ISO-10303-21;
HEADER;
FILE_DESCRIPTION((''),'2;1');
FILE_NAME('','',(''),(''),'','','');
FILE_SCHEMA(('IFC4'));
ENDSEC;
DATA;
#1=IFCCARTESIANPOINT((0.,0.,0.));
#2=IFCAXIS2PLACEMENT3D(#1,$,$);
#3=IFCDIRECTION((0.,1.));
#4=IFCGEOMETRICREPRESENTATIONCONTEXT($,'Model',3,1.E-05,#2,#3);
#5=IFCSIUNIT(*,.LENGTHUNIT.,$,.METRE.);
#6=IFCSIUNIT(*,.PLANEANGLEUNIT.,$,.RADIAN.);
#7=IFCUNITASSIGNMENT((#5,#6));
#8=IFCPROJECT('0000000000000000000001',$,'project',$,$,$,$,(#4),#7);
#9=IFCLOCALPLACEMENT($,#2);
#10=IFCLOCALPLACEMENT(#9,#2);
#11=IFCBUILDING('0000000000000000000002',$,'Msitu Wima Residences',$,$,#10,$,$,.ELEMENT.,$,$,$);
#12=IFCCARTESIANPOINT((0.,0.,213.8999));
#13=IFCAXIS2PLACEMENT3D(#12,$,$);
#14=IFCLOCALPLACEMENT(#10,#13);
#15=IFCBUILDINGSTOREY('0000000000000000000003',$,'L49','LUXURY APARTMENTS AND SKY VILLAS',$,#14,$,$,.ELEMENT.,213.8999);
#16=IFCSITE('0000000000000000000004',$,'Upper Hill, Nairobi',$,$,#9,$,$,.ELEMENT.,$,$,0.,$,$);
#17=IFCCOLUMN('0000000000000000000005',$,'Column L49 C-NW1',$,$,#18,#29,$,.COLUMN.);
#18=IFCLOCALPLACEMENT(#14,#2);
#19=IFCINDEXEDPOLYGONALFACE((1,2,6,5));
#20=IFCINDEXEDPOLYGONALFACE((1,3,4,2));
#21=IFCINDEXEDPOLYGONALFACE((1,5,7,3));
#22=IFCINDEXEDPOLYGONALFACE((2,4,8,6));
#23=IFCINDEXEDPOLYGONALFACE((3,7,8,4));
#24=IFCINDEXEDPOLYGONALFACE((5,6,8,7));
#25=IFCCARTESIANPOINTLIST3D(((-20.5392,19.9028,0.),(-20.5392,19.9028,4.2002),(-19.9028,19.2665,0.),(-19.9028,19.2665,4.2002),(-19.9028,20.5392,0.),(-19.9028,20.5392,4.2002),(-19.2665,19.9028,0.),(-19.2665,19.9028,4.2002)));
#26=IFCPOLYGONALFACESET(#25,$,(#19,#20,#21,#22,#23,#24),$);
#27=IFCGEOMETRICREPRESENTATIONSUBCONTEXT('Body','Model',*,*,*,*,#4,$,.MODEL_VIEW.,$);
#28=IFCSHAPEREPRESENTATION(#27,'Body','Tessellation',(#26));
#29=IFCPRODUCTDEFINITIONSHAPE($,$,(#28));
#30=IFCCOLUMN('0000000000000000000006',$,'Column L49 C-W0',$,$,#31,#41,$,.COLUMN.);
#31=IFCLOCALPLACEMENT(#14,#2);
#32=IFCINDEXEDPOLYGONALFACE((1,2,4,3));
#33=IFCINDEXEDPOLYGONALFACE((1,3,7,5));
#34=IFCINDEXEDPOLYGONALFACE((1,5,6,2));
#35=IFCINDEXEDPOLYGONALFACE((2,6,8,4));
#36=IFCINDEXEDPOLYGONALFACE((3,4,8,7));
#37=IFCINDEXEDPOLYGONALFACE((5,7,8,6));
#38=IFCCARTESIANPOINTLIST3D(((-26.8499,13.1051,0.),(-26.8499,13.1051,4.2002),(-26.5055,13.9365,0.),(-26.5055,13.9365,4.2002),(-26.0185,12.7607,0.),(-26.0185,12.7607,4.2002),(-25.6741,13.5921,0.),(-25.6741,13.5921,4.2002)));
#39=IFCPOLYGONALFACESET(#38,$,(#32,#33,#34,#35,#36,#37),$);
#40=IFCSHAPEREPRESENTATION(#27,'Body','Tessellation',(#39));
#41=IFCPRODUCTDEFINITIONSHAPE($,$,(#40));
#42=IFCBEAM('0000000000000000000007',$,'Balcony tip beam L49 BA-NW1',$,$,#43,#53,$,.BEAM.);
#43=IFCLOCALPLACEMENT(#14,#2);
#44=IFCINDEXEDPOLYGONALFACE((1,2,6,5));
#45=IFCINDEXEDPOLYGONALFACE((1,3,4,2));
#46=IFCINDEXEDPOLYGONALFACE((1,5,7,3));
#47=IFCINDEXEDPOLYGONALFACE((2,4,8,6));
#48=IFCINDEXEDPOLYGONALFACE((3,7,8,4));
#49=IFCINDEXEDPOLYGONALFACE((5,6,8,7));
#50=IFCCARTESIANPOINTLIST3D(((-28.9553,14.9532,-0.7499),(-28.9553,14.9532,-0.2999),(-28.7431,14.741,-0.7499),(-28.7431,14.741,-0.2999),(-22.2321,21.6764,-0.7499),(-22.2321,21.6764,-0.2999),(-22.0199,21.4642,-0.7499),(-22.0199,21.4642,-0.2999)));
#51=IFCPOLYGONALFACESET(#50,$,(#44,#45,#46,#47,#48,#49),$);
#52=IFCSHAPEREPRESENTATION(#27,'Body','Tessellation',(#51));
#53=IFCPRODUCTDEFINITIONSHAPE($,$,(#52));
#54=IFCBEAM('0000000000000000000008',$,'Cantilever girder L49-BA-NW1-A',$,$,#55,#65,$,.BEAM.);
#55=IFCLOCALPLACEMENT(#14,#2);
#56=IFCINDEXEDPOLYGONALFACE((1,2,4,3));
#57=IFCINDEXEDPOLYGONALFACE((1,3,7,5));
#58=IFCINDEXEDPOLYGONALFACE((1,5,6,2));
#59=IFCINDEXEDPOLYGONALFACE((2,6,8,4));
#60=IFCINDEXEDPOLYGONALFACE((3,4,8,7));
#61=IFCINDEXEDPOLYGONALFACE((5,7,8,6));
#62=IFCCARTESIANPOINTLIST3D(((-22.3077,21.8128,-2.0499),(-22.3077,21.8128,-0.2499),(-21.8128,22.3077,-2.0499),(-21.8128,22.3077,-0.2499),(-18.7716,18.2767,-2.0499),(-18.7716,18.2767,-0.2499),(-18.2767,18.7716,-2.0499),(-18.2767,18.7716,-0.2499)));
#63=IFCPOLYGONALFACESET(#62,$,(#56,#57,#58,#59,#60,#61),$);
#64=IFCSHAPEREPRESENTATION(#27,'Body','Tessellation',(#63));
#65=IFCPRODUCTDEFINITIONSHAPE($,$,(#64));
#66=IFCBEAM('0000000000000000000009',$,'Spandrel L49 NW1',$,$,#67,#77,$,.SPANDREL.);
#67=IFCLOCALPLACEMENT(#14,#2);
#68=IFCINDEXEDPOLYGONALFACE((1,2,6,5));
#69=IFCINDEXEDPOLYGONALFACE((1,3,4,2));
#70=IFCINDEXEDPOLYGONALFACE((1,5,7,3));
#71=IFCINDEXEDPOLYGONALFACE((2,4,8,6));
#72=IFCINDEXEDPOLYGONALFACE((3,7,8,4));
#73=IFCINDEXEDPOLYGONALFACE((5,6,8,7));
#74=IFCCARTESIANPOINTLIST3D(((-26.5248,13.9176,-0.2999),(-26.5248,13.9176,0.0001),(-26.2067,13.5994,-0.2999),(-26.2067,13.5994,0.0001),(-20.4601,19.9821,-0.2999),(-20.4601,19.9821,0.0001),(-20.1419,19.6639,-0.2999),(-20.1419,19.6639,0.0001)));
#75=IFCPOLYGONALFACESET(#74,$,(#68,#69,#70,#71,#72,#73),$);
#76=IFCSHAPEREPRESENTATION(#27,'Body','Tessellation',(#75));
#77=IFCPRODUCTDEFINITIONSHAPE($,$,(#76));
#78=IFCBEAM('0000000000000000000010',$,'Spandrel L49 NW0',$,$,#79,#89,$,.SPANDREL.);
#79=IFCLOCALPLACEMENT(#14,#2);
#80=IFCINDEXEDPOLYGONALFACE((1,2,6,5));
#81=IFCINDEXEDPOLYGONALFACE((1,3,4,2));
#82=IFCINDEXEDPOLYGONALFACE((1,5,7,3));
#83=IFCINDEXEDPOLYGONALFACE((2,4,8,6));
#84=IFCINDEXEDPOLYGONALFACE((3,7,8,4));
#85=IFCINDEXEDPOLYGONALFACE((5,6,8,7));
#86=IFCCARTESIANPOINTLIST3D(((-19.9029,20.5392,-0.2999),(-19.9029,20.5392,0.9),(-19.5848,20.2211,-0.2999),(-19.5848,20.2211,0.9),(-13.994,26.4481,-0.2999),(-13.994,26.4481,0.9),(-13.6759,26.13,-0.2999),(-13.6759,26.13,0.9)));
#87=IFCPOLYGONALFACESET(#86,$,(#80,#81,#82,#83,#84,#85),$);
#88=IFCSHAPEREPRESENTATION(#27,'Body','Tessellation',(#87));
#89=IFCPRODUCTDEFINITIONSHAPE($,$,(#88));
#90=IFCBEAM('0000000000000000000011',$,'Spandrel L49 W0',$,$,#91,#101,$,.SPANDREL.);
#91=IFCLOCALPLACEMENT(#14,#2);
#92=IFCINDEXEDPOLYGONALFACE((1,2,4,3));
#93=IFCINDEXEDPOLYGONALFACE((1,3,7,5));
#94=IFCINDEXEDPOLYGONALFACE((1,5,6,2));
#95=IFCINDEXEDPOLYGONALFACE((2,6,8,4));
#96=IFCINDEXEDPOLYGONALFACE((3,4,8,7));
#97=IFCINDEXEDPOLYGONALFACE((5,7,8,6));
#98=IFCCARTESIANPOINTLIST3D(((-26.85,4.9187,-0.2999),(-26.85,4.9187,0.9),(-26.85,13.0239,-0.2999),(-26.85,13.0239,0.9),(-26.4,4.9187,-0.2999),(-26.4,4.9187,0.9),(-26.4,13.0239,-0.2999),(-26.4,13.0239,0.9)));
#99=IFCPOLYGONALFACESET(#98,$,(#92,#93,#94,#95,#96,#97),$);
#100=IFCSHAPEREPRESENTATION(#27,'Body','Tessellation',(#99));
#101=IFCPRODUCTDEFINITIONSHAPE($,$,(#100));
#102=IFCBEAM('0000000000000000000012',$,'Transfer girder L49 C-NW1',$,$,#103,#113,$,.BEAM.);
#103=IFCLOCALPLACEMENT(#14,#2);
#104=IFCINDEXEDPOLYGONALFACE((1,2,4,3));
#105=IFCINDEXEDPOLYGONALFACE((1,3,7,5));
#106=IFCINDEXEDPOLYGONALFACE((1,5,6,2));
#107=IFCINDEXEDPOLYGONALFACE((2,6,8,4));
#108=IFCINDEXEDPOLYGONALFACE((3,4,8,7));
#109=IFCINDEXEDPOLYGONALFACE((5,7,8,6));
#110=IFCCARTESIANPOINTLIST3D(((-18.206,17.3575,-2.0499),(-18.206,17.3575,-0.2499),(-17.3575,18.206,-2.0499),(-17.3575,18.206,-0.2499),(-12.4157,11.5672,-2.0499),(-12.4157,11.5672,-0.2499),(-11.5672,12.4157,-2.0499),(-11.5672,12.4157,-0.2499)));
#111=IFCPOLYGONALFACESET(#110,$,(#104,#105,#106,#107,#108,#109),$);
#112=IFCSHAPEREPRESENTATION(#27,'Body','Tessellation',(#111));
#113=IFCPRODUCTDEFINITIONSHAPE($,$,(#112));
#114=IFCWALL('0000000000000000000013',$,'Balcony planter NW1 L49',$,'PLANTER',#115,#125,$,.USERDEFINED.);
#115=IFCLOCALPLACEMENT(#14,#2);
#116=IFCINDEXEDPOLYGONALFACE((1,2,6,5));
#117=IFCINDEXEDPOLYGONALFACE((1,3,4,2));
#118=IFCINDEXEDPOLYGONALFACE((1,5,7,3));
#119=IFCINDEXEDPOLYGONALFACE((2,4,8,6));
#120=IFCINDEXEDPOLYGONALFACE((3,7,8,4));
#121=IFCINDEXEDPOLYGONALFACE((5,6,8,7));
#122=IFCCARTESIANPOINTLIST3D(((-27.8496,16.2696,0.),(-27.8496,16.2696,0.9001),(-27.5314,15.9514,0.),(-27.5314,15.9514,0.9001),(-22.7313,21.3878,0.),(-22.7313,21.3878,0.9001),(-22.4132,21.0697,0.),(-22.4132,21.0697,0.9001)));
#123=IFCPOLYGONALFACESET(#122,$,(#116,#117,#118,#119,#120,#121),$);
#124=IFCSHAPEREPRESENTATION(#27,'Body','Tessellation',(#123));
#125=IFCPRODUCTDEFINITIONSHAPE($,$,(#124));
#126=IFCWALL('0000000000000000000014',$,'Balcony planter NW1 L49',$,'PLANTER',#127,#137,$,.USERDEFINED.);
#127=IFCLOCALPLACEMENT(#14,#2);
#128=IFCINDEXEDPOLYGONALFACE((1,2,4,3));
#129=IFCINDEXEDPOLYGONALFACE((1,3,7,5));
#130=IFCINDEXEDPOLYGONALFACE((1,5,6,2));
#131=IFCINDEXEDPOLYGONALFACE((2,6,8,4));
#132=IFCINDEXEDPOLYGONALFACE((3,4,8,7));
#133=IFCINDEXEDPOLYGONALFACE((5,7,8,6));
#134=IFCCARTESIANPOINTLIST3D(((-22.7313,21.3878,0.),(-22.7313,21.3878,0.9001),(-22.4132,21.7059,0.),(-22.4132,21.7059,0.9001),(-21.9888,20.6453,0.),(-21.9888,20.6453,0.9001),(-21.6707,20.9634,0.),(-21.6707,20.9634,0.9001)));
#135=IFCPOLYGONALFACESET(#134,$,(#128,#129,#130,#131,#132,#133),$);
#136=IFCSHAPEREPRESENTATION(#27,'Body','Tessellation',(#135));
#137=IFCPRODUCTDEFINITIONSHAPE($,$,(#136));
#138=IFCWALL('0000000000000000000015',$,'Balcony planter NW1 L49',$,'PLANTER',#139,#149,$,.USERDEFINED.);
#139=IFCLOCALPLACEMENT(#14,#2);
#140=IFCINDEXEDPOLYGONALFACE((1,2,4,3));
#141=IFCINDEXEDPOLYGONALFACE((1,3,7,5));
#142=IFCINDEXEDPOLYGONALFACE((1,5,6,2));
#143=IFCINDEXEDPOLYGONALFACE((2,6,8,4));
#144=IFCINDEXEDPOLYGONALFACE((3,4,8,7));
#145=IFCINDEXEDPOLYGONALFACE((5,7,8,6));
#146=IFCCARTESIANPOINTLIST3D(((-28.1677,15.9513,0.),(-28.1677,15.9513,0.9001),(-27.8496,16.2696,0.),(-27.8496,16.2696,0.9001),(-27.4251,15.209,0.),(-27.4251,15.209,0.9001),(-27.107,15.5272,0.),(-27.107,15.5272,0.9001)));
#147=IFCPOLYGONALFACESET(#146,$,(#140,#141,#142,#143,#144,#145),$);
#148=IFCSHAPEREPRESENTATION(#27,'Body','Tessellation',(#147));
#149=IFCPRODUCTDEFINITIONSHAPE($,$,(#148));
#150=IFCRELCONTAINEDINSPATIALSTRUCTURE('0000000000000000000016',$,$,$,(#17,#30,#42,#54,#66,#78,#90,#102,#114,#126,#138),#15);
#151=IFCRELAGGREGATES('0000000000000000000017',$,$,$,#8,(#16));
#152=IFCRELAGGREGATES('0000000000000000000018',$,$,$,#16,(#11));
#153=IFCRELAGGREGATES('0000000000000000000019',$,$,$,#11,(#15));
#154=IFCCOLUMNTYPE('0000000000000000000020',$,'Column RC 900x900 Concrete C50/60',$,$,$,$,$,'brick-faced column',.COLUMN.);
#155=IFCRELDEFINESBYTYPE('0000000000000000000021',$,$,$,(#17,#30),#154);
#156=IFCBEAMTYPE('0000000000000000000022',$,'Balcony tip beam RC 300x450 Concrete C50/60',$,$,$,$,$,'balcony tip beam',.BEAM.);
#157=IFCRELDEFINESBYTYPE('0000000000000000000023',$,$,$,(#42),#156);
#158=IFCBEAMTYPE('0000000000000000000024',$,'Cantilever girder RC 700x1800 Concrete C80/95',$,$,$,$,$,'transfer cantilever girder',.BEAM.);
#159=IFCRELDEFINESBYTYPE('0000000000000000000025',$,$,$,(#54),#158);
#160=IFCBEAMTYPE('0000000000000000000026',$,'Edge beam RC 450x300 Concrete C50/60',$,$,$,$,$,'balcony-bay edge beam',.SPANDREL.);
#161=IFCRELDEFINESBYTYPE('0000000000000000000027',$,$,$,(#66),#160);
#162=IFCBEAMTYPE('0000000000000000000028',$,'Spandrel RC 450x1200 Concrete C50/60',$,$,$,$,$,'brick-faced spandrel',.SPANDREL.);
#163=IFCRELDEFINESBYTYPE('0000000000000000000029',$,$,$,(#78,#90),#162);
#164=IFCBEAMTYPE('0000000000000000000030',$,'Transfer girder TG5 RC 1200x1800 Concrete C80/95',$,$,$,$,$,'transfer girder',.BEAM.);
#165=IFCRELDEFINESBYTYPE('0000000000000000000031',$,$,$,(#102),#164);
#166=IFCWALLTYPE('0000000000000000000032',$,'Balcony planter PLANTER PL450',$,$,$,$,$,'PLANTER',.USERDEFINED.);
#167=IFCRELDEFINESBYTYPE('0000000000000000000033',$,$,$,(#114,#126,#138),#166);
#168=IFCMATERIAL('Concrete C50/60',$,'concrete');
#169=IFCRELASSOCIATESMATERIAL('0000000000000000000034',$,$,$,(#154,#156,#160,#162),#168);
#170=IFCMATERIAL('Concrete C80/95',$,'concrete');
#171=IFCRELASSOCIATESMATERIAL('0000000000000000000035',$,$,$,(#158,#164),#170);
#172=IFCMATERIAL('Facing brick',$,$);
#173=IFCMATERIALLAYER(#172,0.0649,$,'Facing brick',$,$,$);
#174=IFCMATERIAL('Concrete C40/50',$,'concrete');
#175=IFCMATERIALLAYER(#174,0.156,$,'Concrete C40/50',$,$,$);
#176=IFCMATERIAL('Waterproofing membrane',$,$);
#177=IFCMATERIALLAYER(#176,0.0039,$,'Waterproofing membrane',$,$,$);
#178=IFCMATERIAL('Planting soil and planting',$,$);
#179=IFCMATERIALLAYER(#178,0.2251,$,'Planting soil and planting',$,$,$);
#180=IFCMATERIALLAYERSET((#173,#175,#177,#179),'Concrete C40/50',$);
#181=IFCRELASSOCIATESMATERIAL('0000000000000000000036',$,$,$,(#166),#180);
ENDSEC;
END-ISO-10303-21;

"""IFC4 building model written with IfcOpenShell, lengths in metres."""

from ifc_helpers import new_model, si_unit, direction, frame, frame_2d, origin, origin_2d, place, context, subcontext, project, spatial, rectangle, extrude, material, layer, layer_set, material_profile, profile_set, type_object, element, save


model = new_model("IFC4")

# Units and contexts
model_context = context("Model", 3, precision=1e-05, world=origin(), true_north=direction((0.0, 1.0)))
body_context = subcontext(model_context, "Body", "Model", "MODEL_VIEW")
ifc_project = project(units=[si_unit("LENGTHUNIT", "METRE"), si_unit("PLANEANGLEUNIT", "RADIAN")], contexts=[model_context])

# Site, building, storey
site_placement = place(None, origin())
site = spatial("IfcSite", under=ifc_project, at=site_placement, Name="Upper Hill, Nairobi", CompositionType="ELEMENT", RefElevation=0.0)
building_placement = place(site_placement, origin())
building = spatial("IfcBuilding", under=site, at=building_placement, Name="Msitu Wima Residences", CompositionType="ELEMENT")
storey_placement = place(building_placement, frame((0.0, 0.0, 213.8999)))
storey = spatial("IfcBuildingStorey", under=building, at=storey_placement, Name="L49", Description="LUXURY APARTMENTS AND SKY VILLAS", CompositionType="ELEMENT", Elevation=213.8999)

# Columns
ifc_material_1 = material(Name="Concrete C50/60", Category="concrete")
ifc_material_profile_1 = material_profile(ifc_material_1, rectangle(XDim=0.8999, YDim=0.8999, at=origin_2d()), Name="RC 900x900")
ifc_profile_set_1 = profile_set([ifc_material_profile_1], Name="Concrete C50/60")
column_type = type_object("IfcColumnType", Name="Column RC 900x900 Concrete C50/60", ElementType="brick-faced column", PredefinedType="COLUMN", material=ifc_profile_set_1)
for number, where, z_axis, x_axis, name in (
    (1, (-19.9028, 19.9028, 0.0), (0.0, 0.0, 1.0), (-0.707107, -0.707107, 0.0), "Column L49 C-NW1"),
    (2, (-26.262, 13.3486, 0.0), (0.0, 0.0, 1.0), (-0.382683, -0.92388, 0.0), "Column L49 C-W0"),
):
    element("IfcColumn", number, at=place(storey_placement, frame(where, z_axis=z_axis, x_axis=x_axis)), inside=storey, type_object=column_type, Name=name, PredefinedType="COLUMN", context=body_context, shape_type="SweptSolid", body=[
        extrude(rectangle(XDim=0.8999, YDim=0.8999, at=origin_2d()), origin(), (0.0, 0.0, 1.0), 4.2002),
    ])

# Beams
ifc_material_profile_2 = material_profile(ifc_material_1, rectangle(XDim=0.3, YDim=0.45, at=origin_2d()), Name="RC 300x450")
ifc_profile_set_2 = profile_set([ifc_material_profile_2], Name="Concrete C50/60")
beam_type_1 = type_object("IfcBeamType", Name="Balcony tip beam RC 300x450 Concrete C50/60", ElementType="balcony tip beam", PredefinedType="BEAM", material=ifc_profile_set_2)
beam_1_placement = place(storey_placement, frame((-22.126, 21.5703, -0.5249), z_axis=(-0.707107, -0.707107, 0.0), x_axis=(0.707107, -0.707107, 0.0)))
element("IfcBeam", 3, at=beam_1_placement, inside=storey, type_object=beam_type_1, Name="Balcony tip beam L49 BA-NW1", PredefinedType="BEAM", context=body_context, shape_type="SweptSolid", body=[
    extrude(rectangle(XDim=0.3, YDim=0.45, at=origin_2d()), origin(), (0.0, 0.0, 1.0), 9.5081),
])
ifc_material_2 = material(Name="Concrete C80/95", Category="concrete")
ifc_material_profile_3 = material_profile(ifc_material_2, rectangle(XDim=0.7, YDim=1.8, at=origin_2d()), Name="RC 700x1800")
ifc_profile_set_3 = profile_set([ifc_material_profile_3], Name="Concrete C80/95")
beam_type_2 = type_object("IfcBeamType", Name="Cantilever girder RC 700x1800 Concrete C80/95", ElementType="transfer cantilever girder", PredefinedType="BEAM", material=ifc_profile_set_3)
beam_2_placement = place(storey_placement, frame((-18.5242, 18.5242, -1.1499), z_axis=(-0.707107, 0.707107, 0.0), x_axis=(-0.707107, -0.707107, 0.0)))
element("IfcBeam", 4, at=beam_2_placement, inside=storey, type_object=beam_type_2, Name="Cantilever girder L49-BA-NW1-A", PredefinedType="BEAM", context=body_context, shape_type="SweptSolid", body=[
    extrude(rectangle(XDim=0.7, YDim=1.8, at=origin_2d()), origin(), (0.0, 0.0, 1.0), 5.0007),
])
ifc_material_profile_4 = material_profile(ifc_material_1, rectangle(XDim=0.45, YDim=0.3, at=origin_2d()), Name="RC 450x300")
ifc_profile_set_4 = profile_set([ifc_material_profile_4], Name="Concrete C50/60")
beam_type_3 = type_object("IfcBeamType", Name="Edge beam RC 450x300 Concrete C50/60", ElementType="balcony-bay edge beam", PredefinedType="SPANDREL", material=ifc_profile_set_4)
beam_3_placement = place(storey_placement, frame((-20.301, 19.823, -0.1499), z_axis=(-0.707121, -0.707093, 0.0), x_axis=(0.707093, -0.707121, 0.0)))
element("IfcBeam", 5, at=beam_3_placement, inside=storey, type_object=beam_type_3, Name="Spandrel L49 NW1", PredefinedType="SPANDREL", context=body_context, shape_type="SweptSolid", body=[
    extrude(rectangle(XDim=0.45, YDim=0.3, at=origin_2d()), origin(), (0.0, 0.0, 1.0), 8.5767),
])
ifc_material_profile_5 = material_profile(ifc_material_1, rectangle(XDim=0.45, YDim=1.2, at=origin_2d()), Name="RC 450x1200")
ifc_profile_set_5 = profile_set([ifc_material_profile_5], Name="Concrete C50/60")
beam_type_4 = type_object("IfcBeamType", Name="Spandrel RC 450x1200 Concrete C50/60", ElementType="brick-faced spandrel", PredefinedType="SPANDREL", material=ifc_profile_set_5)
beam_4_placement = place(storey_placement, frame((-13.835, 26.2891, 0.3), z_axis=(-0.707107, -0.707107, 0.0), x_axis=(0.707107, -0.707107, 0.0)))
element("IfcBeam", 6, at=beam_4_placement, inside=storey, type_object=beam_type_4, Name="Spandrel L49 NW0", PredefinedType="SPANDREL", context=body_context, shape_type="SweptSolid", body=[
    extrude(rectangle(XDim=0.45, YDim=1.2, at=origin_2d()), origin(), (0.0, 0.0, 1.0), 8.3564),
])
beam_5_placement = place(storey_placement, frame((-26.625, 13.0239, 0.3), z_axis=(0.0, -1.0, 0.0), x_axis=(1.0, 0.0, 0.0)))
element("IfcBeam", 7, at=beam_5_placement, inside=storey, type_object=beam_type_4, Name="Spandrel L49 W0", PredefinedType="SPANDREL", context=body_context, shape_type="SweptSolid", body=[
    extrude(rectangle(XDim=0.45, YDim=1.2, at=origin_2d()), origin(), (0.0, 0.0, 1.0), 8.1052),
])
ifc_material_profile_6 = material_profile(ifc_material_2, rectangle(XDim=1.2, YDim=1.8, at=origin_2d()), Name="RC 1200x1800")
ifc_profile_set_6 = profile_set([ifc_material_profile_6], Name="Concrete C80/95")
beam_type_5 = type_object("IfcBeamType", Name="Transfer girder TG5 RC 1200x1800 Concrete C80/95", ElementType="transfer girder", PredefinedType="BEAM", material=ifc_profile_set_6)
beam_6_placement = place(storey_placement, frame((-17.7817, 17.7817, -1.1499), z_axis=(0.707107, -0.707107, 0.0), x_axis=(0.707107, 0.707107, 0.0)))
element("IfcBeam", 8, at=beam_6_placement, inside=storey, type_object=beam_type_5, Name="Transfer girder L49 C-NW1", PredefinedType="BEAM", context=body_context, shape_type="SweptSolid", body=[
    extrude(rectangle(XDim=1.2, YDim=1.8, at=origin_2d()), origin(), (0.0, 0.0, 1.0), 8.1887),
])

# Walls
ifc_material_3 = material(Name="Facing brick")
ifc_layer_1 = layer(ifc_material_3, 0.0649, Name="Facing brick")
ifc_material_4 = material(Name="Concrete C40/50", Category="concrete")
ifc_layer_2 = layer(ifc_material_4, 0.156, Name="Concrete C40/50")
ifc_material_5 = material(Name="Waterproofing membrane")
ifc_layer_3 = layer(ifc_material_5, 0.0039, Name="Waterproofing membrane")
ifc_material_6 = material(Name="Planting soil and planting")
ifc_layer_4 = layer(ifc_material_6, 0.2251, Name="Planting soil and planting")
ifc_layer_set_1 = layer_set([ifc_layer_1, ifc_layer_2, ifc_layer_3, ifc_layer_4], Name="Concrete C40/50")
wall_type_1 = type_object("IfcWallType", Name="Balcony planter PLANTER PL450", ElementType="PLANTER", PredefinedType="USERDEFINED", material=ifc_layer_set_1)
wall_1_placement = place(storey_placement, frame((-22.5723, 21.2288, 0.0), z_axis=(0.0, 0.0, 1.0), x_axis=(-0.707107, -0.707107, 0.0)))
element("IfcWall", 9, at=wall_1_placement, inside=storey, type_object=wall_type_1, Name="Balcony planter NW1 L49", ObjectType="PLANTER", PredefinedType="USERDEFINED", context=body_context, shape_type="SweptSolid", body=[
    extrude(rectangle(XDim=7.2383, YDim=0.45, at=frame_2d((3.6191, 0.0))), origin(), (0.0, 0.0, 1.0), 0.9001),
])
for number, where, z_axis, x_axis, name in (
    (10, (-21.8298, 20.8044, 0.0), (0.0, 0.0, 1.0), (-0.707107, 0.707107, 0.0), "Balcony planter NW1 L49"),
    (11, (-27.2661, 15.3682, 0.0), (0.0, 0.0, 1.0), (-0.707223, 0.706991, 0.0), "Balcony planter NW1 L49"),
):
    element("IfcWall", number, at=place(storey_placement, frame(where, z_axis=z_axis, x_axis=x_axis)), inside=storey, type_object=wall_type_1, Name=name, ObjectType="PLANTER", PredefinedType="USERDEFINED", context=body_context, shape_type="SweptSolid", body=[
        extrude(rectangle(XDim=1.05, YDim=0.45, at=frame_2d((0.5249, 0.0))), origin(), (0.0, 0.0, 1.0), 0.9001),
    ])

save(model, "model.ifc")
